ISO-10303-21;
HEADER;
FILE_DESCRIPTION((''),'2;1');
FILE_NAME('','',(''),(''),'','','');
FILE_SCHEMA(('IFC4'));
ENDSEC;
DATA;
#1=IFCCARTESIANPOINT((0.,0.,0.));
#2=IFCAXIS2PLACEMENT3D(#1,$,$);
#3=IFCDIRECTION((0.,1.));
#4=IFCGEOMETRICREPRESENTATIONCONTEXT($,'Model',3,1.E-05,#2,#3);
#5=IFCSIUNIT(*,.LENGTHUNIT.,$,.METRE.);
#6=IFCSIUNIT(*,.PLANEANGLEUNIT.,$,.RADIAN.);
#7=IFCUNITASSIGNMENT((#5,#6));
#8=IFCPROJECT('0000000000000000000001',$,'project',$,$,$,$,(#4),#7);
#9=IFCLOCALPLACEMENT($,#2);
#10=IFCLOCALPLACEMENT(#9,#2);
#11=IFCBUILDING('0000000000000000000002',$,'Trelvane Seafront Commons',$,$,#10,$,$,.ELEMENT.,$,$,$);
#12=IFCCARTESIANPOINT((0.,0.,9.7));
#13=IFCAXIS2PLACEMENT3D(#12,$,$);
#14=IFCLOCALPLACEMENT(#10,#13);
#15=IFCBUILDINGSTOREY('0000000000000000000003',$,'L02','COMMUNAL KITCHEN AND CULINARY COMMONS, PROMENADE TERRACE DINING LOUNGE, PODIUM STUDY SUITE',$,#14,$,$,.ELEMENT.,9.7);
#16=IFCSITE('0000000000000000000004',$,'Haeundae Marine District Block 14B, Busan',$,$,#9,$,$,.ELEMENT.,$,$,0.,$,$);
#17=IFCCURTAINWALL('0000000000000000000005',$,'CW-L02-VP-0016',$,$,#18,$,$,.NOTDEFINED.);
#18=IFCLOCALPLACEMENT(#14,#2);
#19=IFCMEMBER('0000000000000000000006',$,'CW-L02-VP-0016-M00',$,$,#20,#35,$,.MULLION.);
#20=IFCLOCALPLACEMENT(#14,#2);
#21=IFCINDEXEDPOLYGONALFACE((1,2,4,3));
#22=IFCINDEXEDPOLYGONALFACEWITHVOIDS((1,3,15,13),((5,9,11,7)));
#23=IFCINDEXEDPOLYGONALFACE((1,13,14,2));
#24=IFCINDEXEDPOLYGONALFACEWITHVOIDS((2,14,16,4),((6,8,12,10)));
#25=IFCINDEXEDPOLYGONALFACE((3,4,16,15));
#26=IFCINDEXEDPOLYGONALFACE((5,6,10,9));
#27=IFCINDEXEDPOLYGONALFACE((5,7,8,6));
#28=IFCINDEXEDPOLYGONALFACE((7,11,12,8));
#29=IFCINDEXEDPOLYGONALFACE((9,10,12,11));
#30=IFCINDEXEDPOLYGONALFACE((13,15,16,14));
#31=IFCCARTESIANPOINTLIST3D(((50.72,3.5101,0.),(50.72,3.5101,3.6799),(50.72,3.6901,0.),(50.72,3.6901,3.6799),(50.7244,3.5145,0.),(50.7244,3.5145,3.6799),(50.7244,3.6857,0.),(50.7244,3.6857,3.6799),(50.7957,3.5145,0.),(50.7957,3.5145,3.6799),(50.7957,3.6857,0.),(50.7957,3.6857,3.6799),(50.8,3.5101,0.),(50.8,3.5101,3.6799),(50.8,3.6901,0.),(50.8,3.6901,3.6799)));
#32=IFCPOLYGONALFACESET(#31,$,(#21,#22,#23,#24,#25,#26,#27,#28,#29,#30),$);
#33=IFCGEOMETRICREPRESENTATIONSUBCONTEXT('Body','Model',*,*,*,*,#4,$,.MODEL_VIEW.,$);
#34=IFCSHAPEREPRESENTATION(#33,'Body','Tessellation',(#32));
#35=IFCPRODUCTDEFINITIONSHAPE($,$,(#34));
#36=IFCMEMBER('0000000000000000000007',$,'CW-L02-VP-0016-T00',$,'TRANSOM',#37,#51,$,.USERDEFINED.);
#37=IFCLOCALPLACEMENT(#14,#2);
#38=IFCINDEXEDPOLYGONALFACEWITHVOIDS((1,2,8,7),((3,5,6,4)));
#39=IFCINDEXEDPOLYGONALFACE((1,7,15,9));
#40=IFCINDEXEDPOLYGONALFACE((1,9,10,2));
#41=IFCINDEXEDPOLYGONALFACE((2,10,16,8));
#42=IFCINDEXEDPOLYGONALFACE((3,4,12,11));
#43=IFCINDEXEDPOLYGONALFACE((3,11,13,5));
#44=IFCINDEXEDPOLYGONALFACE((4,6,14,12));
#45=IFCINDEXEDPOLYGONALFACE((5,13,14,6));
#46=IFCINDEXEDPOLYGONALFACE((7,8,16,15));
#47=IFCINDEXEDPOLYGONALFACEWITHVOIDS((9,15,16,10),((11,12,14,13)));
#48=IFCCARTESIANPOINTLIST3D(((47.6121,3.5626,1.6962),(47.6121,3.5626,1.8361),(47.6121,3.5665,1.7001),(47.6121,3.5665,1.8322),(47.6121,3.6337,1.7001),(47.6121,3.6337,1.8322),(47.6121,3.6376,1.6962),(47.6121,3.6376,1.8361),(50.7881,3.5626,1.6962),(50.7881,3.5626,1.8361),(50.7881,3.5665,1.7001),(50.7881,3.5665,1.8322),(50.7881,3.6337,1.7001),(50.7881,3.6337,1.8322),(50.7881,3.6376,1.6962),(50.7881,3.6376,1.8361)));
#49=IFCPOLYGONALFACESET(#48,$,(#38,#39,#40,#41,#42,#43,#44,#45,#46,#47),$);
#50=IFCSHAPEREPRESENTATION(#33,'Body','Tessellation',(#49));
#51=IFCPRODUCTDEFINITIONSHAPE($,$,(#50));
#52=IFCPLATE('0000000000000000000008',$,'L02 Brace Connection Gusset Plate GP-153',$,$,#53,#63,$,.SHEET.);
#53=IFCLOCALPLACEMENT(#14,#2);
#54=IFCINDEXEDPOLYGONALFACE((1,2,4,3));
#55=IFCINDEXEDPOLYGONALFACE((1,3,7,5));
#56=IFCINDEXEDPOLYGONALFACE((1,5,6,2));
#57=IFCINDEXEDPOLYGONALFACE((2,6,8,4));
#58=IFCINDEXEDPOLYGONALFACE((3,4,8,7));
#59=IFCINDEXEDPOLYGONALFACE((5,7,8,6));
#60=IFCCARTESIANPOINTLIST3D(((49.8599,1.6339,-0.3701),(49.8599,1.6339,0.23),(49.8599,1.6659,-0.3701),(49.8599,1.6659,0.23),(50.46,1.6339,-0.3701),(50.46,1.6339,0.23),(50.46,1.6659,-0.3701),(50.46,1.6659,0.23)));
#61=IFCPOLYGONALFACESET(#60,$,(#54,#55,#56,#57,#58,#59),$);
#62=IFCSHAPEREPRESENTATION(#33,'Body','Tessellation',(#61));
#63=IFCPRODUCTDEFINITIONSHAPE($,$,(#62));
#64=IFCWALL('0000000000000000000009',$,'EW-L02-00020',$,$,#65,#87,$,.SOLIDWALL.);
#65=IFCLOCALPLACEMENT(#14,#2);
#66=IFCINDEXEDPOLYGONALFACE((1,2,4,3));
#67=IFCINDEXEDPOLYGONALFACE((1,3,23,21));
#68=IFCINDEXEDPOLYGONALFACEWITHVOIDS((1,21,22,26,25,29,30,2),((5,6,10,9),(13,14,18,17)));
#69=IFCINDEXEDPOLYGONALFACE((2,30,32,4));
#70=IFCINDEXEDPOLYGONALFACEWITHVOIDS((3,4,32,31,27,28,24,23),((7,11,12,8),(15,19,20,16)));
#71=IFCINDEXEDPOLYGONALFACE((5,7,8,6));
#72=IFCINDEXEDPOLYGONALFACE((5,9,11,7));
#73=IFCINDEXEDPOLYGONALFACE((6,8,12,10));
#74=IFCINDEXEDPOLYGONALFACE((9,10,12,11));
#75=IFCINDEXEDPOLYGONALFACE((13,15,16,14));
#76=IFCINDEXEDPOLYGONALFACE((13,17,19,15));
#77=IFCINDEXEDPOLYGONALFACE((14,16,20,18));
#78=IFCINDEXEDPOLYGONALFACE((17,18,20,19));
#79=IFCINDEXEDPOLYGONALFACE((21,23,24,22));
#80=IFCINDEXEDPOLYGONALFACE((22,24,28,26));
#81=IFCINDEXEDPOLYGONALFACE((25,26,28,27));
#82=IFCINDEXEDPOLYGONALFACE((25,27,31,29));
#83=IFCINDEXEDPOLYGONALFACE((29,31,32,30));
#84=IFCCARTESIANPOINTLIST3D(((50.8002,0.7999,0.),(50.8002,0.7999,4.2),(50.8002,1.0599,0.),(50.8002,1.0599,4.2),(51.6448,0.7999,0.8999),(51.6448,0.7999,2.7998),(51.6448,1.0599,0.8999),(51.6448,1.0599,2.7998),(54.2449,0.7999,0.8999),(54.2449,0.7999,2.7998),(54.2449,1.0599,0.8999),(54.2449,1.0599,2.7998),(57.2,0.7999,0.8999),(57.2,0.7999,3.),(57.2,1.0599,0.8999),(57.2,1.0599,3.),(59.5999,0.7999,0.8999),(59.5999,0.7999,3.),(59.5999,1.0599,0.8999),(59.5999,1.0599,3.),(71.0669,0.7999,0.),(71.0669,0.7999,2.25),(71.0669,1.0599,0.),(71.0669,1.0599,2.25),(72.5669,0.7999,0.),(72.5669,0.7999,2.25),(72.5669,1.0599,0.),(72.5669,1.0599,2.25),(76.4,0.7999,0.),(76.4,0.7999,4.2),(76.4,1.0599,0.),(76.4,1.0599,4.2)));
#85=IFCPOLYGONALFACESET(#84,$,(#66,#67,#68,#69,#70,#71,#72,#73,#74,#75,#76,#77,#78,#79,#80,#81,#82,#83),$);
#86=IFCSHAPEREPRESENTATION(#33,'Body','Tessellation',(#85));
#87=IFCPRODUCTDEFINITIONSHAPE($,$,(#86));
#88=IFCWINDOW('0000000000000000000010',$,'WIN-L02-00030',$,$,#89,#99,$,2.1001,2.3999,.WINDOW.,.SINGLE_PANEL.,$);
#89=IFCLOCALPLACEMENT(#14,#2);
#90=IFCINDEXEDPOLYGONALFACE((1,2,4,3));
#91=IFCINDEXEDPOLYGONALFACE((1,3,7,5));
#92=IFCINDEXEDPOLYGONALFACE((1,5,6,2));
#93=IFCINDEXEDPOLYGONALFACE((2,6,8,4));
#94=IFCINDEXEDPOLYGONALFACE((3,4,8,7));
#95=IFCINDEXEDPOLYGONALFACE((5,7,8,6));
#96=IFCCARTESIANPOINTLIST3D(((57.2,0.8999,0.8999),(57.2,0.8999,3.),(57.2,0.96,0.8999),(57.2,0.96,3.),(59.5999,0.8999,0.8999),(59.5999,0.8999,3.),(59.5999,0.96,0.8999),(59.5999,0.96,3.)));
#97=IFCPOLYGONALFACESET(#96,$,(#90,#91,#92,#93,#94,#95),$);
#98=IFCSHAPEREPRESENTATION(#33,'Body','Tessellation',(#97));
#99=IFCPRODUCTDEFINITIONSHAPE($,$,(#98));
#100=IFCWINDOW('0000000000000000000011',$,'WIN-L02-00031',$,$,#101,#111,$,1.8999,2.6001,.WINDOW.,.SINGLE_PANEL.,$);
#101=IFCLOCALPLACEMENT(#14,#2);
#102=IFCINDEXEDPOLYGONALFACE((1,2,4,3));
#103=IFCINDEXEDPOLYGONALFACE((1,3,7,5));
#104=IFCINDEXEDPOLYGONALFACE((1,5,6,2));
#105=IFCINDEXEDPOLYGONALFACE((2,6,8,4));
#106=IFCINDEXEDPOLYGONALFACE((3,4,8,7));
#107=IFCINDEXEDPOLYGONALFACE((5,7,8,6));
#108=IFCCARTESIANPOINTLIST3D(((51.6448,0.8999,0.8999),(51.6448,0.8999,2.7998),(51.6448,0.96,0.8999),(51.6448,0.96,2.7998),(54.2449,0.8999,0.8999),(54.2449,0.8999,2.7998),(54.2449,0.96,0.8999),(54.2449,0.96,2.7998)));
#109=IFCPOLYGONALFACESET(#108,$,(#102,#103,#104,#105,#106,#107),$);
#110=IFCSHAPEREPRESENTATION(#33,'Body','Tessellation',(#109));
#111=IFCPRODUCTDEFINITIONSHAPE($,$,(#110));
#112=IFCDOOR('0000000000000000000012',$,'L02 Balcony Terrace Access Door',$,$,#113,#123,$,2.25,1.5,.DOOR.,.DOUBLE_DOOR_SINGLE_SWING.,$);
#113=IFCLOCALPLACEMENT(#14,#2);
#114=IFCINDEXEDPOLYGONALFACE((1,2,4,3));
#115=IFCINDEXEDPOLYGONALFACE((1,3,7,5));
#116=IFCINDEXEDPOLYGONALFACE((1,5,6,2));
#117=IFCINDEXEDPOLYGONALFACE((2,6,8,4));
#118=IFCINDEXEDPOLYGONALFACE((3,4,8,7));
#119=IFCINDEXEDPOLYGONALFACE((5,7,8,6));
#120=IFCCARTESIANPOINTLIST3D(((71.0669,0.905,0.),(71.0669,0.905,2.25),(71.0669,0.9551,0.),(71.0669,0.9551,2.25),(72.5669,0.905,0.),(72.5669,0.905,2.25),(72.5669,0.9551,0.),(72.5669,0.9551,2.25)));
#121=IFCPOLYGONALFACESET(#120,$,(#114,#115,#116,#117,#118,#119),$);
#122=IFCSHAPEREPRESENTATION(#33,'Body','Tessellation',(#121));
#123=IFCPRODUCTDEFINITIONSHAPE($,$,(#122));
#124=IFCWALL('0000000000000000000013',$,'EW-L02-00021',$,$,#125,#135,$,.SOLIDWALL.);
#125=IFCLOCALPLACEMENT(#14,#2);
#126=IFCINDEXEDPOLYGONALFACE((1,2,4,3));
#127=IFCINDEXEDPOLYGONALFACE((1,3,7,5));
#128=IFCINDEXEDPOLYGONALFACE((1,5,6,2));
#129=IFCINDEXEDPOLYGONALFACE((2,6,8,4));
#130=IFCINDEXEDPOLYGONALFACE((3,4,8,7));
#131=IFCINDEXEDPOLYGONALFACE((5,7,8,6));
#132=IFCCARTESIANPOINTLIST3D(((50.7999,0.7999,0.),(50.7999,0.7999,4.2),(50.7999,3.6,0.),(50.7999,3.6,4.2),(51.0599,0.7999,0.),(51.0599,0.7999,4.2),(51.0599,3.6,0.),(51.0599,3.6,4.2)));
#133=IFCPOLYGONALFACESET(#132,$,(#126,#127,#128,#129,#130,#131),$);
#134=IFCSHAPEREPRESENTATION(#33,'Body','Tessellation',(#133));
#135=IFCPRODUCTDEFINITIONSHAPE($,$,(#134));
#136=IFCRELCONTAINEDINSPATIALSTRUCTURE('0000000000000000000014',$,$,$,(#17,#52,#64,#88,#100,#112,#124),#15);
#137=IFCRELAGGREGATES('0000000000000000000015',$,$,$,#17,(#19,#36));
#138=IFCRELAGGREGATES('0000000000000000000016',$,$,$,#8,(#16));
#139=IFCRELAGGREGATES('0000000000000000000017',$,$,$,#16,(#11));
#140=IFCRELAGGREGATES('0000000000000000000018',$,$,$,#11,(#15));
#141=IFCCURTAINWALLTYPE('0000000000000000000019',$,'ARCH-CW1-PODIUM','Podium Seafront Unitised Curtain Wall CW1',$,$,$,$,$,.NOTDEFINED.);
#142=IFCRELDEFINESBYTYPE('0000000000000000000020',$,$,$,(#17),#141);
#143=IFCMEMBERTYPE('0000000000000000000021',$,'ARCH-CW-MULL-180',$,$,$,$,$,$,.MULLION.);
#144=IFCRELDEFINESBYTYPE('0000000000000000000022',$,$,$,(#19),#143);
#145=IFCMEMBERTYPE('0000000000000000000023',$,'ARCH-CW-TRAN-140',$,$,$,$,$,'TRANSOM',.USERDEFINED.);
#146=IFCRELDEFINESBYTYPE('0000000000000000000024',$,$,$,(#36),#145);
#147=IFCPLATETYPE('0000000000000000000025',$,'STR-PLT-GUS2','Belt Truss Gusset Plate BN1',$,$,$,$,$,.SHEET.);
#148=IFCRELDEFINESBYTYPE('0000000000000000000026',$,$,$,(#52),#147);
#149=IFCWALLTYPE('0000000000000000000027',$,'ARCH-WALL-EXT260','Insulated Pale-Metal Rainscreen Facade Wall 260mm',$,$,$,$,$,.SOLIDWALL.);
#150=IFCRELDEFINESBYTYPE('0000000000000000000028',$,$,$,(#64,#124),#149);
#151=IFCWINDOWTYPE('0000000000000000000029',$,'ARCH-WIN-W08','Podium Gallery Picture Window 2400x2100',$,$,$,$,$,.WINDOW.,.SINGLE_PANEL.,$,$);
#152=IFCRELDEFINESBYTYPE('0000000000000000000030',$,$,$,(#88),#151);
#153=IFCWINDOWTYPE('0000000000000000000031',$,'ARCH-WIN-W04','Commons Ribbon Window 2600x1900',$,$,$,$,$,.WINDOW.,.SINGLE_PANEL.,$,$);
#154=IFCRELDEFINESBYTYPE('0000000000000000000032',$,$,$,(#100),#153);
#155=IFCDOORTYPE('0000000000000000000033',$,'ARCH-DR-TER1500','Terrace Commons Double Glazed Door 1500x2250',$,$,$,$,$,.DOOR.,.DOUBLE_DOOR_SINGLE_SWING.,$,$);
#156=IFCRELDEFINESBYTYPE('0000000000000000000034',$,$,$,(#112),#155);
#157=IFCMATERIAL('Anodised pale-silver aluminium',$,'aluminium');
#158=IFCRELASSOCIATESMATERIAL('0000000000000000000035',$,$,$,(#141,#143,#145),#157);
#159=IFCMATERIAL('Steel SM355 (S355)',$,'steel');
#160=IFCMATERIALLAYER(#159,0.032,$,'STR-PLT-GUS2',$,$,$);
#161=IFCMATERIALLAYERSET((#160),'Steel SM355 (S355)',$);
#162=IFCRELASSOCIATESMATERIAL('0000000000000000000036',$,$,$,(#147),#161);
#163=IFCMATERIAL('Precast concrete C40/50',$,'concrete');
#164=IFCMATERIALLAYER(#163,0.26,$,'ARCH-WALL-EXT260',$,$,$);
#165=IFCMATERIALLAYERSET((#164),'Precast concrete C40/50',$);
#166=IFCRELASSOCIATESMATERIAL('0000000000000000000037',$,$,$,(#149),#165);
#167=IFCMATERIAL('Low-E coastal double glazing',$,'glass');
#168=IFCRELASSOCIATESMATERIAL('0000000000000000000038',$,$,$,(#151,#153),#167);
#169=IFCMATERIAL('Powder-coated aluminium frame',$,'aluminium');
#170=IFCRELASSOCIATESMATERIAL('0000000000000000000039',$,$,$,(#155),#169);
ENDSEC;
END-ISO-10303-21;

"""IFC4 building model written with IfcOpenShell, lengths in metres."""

from ifc_helpers import new_model, si_unit, direction, frame, frame_2d, origin, origin_2d, place, context, subcontext, project, spatial, rectangle, hollow_rectangle, extrude, source, transform, mapped, material, layer, layer_set, material_profile, profile_set, type_object, element, fill, aggregate, save


model = new_model("IFC4")

# Units and contexts
model_context = context("Model", 3, precision=1e-05, world=origin(), true_north=direction((0.0, 1.0)))
body_context = subcontext(model_context, "Body", "Model", "MODEL_VIEW")
ifc_project = project(units=[si_unit("LENGTHUNIT", "METRE"), si_unit("PLANEANGLEUNIT", "RADIAN")], contexts=[model_context])

# Site, building, storey
site_placement = place(None, origin())
site = spatial("IfcSite", under=ifc_project, at=site_placement, Name="Haeundae Marine District Block 14B, Busan", CompositionType="ELEMENT", RefElevation=0.0)
building_placement = place(site_placement, origin())
building = spatial("IfcBuilding", under=site, at=building_placement, Name="Trelvane Seafront Commons", CompositionType="ELEMENT")
storey_placement = place(building_placement, frame((0.0, 0.0, 9.7)))
storey = spatial("IfcBuildingStorey", under=building, at=storey_placement, Name="L02", Description="COMMUNAL KITCHEN AND CULINARY COMMONS, PROMENADE TERRACE DINING LOUNGE, PODIUM STUDY SUITE", CompositionType="ELEMENT", Elevation=9.7)

# Shared definitions
ifc_material_1 = material(Name="Steel SM355 (S355)", Category="steel")

# Curtain wall, members
ifc_material_2 = material(Name="Anodised pale-silver aluminium", Category="aluminium")
curtain_wall_type = type_object("IfcCurtainWallType", Name="ARCH-CW1-PODIUM", Description="Podium Seafront Unitised Curtain Wall CW1", PredefinedType="NOTDEFINED", material=ifc_material_2)
curtain_wall_placement = place(storey_placement, origin())
curtain_wall = element("IfcCurtainWall", 1, at=curtain_wall_placement, inside=storey, type_object=curtain_wall_type, Name="CW-L02-VP-0016", PredefinedType="NOTDEFINED")
ifc_material_profile_1 = material_profile(ifc_material_2, hollow_rectangle(XDim=0.0801, YDim=0.1799, WallThickness=0.0044, at=origin_2d()), Name="MULL-80x180x4.5")
ifc_profile_set_1 = profile_set([ifc_material_profile_1], Name="Anodised pale-silver aluminium")
member_type_1 = type_object("IfcMemberType", Name="ARCH-CW-MULL-180", PredefinedType="MULLION", material=ifc_profile_set_1)
shared_shape_1 = source(origin(), body_context, "Body", "SweptSolid", [
    extrude(hollow_rectangle(XDim=0.0801, YDim=0.1799, WallThickness=0.0044, at=origin_2d()), origin(), (0.0, 0.0, 1.0), 3.6799),
])
member_1_placement = place(storey_placement, frame((50.76, 3.6001, 0.0), z_axis=(0.0, 0.0, 1.0), x_axis=(1.0, 0.0, 0.0)))
member_1 = element("IfcMember", 2, at=member_1_placement, type_object=member_type_1, Name="CW-L02-VP-0016-M00", PredefinedType="MULLION", context=body_context, shape_type="MappedRepresentation", body=[
    mapped(shared_shape_1, transform((0.0, 0.0, 0.0), x_axis=(1.0, 0.0, 0.0), y_axis=(0.0, 1.0, 0.0), z_axis=(0.0, 0.0, 1.0), scale=1.0)),
])
ifc_material_profile_2 = material_profile(ifc_material_2, hollow_rectangle(XDim=0.075, YDim=0.1399, WallThickness=0.0039, at=origin_2d()), Name="TRAN-75x140x4")
ifc_profile_set_2 = profile_set([ifc_material_profile_2], Name="Anodised pale-silver aluminium")
member_type_2 = type_object("IfcMemberType", Name="ARCH-CW-TRAN-140", ElementType="TRANSOM", PredefinedType="USERDEFINED", material=ifc_profile_set_2)
shared_shape_2 = source(origin(), body_context, "Body", "SweptSolid", [
    extrude(hollow_rectangle(XDim=0.075, YDim=0.1399, WallThickness=0.0039, at=origin_2d()), origin(), (0.0, 0.0, 1.0), 3.176),
])
member_2_placement = place(storey_placement, frame((50.7881, 3.6001, 1.7661), z_axis=(-1.0, 0.0, 0.0), x_axis=(0.0, -1.0, 0.0)))
member_2 = element("IfcMember", 3, at=member_2_placement, type_object=member_type_2, Name="CW-L02-VP-0016-T00", ObjectType="TRANSOM", PredefinedType="USERDEFINED", context=body_context, shape_type="MappedRepresentation", body=[
    mapped(shared_shape_2, transform((0.0, 0.0, 0.0), x_axis=(1.0, 0.0, 0.0), y_axis=(0.0, 1.0, 0.0), z_axis=(0.0, 0.0, 1.0), scale=1.0)),
])
aggregate(curtain_wall, [member_1, member_2])

# Plate
ifc_layer_1 = layer(ifc_material_1, 0.032, Name="STR-PLT-GUS2")
ifc_layer_set_1 = layer_set([ifc_layer_1], Name="Steel SM355 (S355)")
plate_type = type_object("IfcPlateType", Name="STR-PLT-GUS2", Description="Belt Truss Gusset Plate BN1", PredefinedType="SHEET", material=ifc_layer_set_1)
shared_shape_3 = source(origin(), body_context, "Body", "SweptSolid", [
    extrude(rectangle(XDim=0.6001, YDim=0.032, at=origin_2d()), origin(), (0.0, 0.0, 1.0), 0.6001),
])
plate_placement = place(storey_placement, frame((50.1599, 1.6499, -0.3701), z_axis=(0.0, 0.0, 1.0), x_axis=(1.0, 0.0, 0.0)))
element("IfcPlate", 4, at=plate_placement, inside=storey, type_object=plate_type, Name="L02 Brace Connection Gusset Plate GP-153", PredefinedType="SHEET", context=body_context, shape_type="MappedRepresentation", body=[
    mapped(shared_shape_3, transform((0.0, 0.0, 0.0), x_axis=(1.0, 0.0, 0.0), y_axis=(0.0, 1.0, 0.0), z_axis=(0.0, 0.0, 1.0), scale=1.0)),
])

# Wall, openings, windows, door
ifc_material_3 = material(Name="Precast concrete C40/50", Category="concrete")
ifc_layer_2 = layer(ifc_material_3, 0.26, Name="ARCH-WALL-EXT260")
ifc_layer_set_2 = layer_set([ifc_layer_2], Name="Precast concrete C40/50")
wall_type_1 = type_object("IfcWallType", Name="ARCH-WALL-EXT260", Description="Insulated Pale-Metal Rainscreen Facade Wall 260mm", PredefinedType="SOLIDWALL", material=ifc_layer_set_2)
wall_1_placement = place(storey_placement, frame((76.3999, 0.9299, 0.0), z_axis=(0.0, 0.0, 1.0), x_axis=(-1.0, 0.0, 0.0)))
wall_1 = element("IfcWall", 5, at=wall_1_placement, inside=storey, type_object=wall_type_1, Name="EW-L02-00020", PredefinedType="SOLIDWALL", context=body_context, shape_type="SweptSolid", body=[
    extrude(rectangle(XDim=25.5999, YDim=0.26, at=frame_2d((12.7998, 0.0))), origin(), (0.0, 0.0, 1.0), 4.2),
])
opening_1_placement = place(wall_1_placement, frame((3.833, 0.0, 0.0)))
opening_1 = element("IfcOpeningElement", 6, at=opening_1_placement, cuts=wall_1, PredefinedType="OPENING", context=body_context, shape_type="SweptSolid", body=[
    extrude(rectangle(XDim=1.5, YDim=2.25, at=frame_2d((0.75, 1.125))), frame((0.0, 0.1399, 0.0), z_axis=(0.0, -1.0, 0.0), x_axis=(1.0, 0.0, 0.0)), (0.0, 0.0, 1.0), 0.28),
])
opening_2_placement = place(wall_1_placement, frame((16.8, 0.0, 0.8999)))
opening_2 = element("IfcOpeningElement", 7, at=opening_2_placement, cuts=wall_1, PredefinedType="OPENING", context=body_context, shape_type="SweptSolid", body=[
    extrude(rectangle(XDim=2.3999, YDim=2.1001, at=frame_2d((1.2, 1.05))), frame((0.0, 0.1399, 0.0), z_axis=(0.0, -1.0, 0.0), x_axis=(1.0, 0.0, 0.0)), (0.0, 0.0, 1.0), 0.28),
])
opening_3_placement = place(wall_1_placement, frame((22.155, 0.0, 0.8999)))
opening_3 = element("IfcOpeningElement", 8, at=opening_3_placement, cuts=wall_1, PredefinedType="OPENING", context=body_context, shape_type="SweptSolid", body=[
    extrude(rectangle(XDim=2.6001, YDim=1.8999, at=frame_2d((1.3, 0.95))), frame((0.0, 0.1399, 0.0), z_axis=(0.0, -1.0, 0.0), x_axis=(1.0, 0.0, 0.0)), (0.0, 0.0, 1.0), 0.28),
])
ifc_material_4 = material(Name="Low-E coastal double glazing", Category="glass")
window_type_1 = type_object("IfcWindowType", Name="ARCH-WIN-W08", Description="Podium Gallery Picture Window 2400x2100", PartitioningType="SINGLE_PANEL", PredefinedType="WINDOW", material=ifc_material_4)
shared_shape_4 = source(origin(), body_context, "Body", "SweptSolid", [
    extrude(rectangle(XDim=2.3999, YDim=2.1001, at=frame_2d((1.2, 1.05))), frame((0.0, 0.03, 0.0), z_axis=(0.0, -1.0, 0.0), x_axis=(1.0, 0.0, 0.0)), (0.0, 0.0, 1.0), 0.0601),
])
window_1_placement = place(opening_2_placement, origin())
window_1 = element("IfcWindow", 9, at=window_1_placement, inside=storey, type_object=window_type_1, Name="WIN-L02-00030", OverallHeight=2.1001, OverallWidth=2.3999, PartitioningType="SINGLE_PANEL", PredefinedType="WINDOW", context=body_context, shape_type="MappedRepresentation", body=[
    mapped(shared_shape_4, transform((0.0, 0.0, 0.0), x_axis=(1.0, 0.0, 0.0), y_axis=(0.0, 1.0, 0.0), z_axis=(0.0, 0.0, 1.0), scale=1.0)),
])
fill(opening_2, window_1)
window_type_2 = type_object("IfcWindowType", Name="ARCH-WIN-W04", Description="Commons Ribbon Window 2600x1900", PartitioningType="SINGLE_PANEL", PredefinedType="WINDOW", material=ifc_material_4)
shared_shape_5 = source(origin(), body_context, "Body", "SweptSolid", [
    extrude(rectangle(XDim=2.6001, YDim=1.8999, at=frame_2d((1.3, 0.95))), frame((0.0, 0.03, 0.0), z_axis=(0.0, -1.0, 0.0), x_axis=(1.0, 0.0, 0.0)), (0.0, 0.0, 1.0), 0.0601),
])
window_2_placement = place(opening_3_placement, origin())
window_2 = element("IfcWindow", 10, at=window_2_placement, inside=storey, type_object=window_type_2, Name="WIN-L02-00031", OverallHeight=1.8999, OverallWidth=2.6001, PartitioningType="SINGLE_PANEL", PredefinedType="WINDOW", context=body_context, shape_type="MappedRepresentation", body=[
    mapped(shared_shape_5, transform((0.0, 0.0, 0.0), x_axis=(1.0, 0.0, 0.0), y_axis=(0.0, 1.0, 0.0), z_axis=(0.0, 0.0, 1.0), scale=1.0)),
])
fill(opening_3, window_2)
ifc_material_5 = material(Name="Powder-coated aluminium frame", Category="aluminium")
door_type_1 = type_object("IfcDoorType", Name="ARCH-DR-TER1500", Description="Terrace Commons Double Glazed Door 1500x2250", OperationType="DOUBLE_DOOR_SINGLE_SWING", PredefinedType="DOOR", material=ifc_material_5)
shared_shape_6 = source(origin(), body_context, "Body", "SweptSolid", [
    extrude(rectangle(XDim=1.5, YDim=2.25, at=frame_2d((0.75, 1.125))), frame((0.0, 0.0249, 0.0), z_axis=(0.0, -1.0, 0.0), x_axis=(1.0, 0.0, 0.0)), (0.0, 0.0, 1.0), 0.05),
])
door_1_placement = place(opening_1_placement, origin())
door_1 = element("IfcDoor", 11, at=door_1_placement, inside=storey, type_object=door_type_1, Name="L02 Balcony Terrace Access Door", OperationType="DOUBLE_DOOR_SINGLE_SWING", OverallHeight=2.25, OverallWidth=1.5, PredefinedType="DOOR", context=body_context, shape_type="MappedRepresentation", body=[
    mapped(shared_shape_6, transform((0.0, 0.0, 0.0), x_axis=(1.0, 0.0, 0.0), y_axis=(0.0, 1.0, 0.0), z_axis=(0.0, 0.0, 1.0), scale=1.0)),
])
fill(opening_1, door_1)

# Wall
wall_2_placement = place(storey_placement, frame((50.9299, 0.8, 0.0), z_axis=(0.0, 0.0, 1.0), x_axis=(0.0, 1.0, 0.0)))
element("IfcWall", 12, at=wall_2_placement, inside=storey, type_object=wall_type_1, Name="EW-L02-00021", PredefinedType="SOLIDWALL", context=body_context, shape_type="SweptSolid", body=[
    extrude(rectangle(XDim=2.8, YDim=0.26, at=frame_2d((1.3999, 0.0))), origin(), (0.0, 0.0, 1.0), 4.2),
])

save(model, "model.ifc")
